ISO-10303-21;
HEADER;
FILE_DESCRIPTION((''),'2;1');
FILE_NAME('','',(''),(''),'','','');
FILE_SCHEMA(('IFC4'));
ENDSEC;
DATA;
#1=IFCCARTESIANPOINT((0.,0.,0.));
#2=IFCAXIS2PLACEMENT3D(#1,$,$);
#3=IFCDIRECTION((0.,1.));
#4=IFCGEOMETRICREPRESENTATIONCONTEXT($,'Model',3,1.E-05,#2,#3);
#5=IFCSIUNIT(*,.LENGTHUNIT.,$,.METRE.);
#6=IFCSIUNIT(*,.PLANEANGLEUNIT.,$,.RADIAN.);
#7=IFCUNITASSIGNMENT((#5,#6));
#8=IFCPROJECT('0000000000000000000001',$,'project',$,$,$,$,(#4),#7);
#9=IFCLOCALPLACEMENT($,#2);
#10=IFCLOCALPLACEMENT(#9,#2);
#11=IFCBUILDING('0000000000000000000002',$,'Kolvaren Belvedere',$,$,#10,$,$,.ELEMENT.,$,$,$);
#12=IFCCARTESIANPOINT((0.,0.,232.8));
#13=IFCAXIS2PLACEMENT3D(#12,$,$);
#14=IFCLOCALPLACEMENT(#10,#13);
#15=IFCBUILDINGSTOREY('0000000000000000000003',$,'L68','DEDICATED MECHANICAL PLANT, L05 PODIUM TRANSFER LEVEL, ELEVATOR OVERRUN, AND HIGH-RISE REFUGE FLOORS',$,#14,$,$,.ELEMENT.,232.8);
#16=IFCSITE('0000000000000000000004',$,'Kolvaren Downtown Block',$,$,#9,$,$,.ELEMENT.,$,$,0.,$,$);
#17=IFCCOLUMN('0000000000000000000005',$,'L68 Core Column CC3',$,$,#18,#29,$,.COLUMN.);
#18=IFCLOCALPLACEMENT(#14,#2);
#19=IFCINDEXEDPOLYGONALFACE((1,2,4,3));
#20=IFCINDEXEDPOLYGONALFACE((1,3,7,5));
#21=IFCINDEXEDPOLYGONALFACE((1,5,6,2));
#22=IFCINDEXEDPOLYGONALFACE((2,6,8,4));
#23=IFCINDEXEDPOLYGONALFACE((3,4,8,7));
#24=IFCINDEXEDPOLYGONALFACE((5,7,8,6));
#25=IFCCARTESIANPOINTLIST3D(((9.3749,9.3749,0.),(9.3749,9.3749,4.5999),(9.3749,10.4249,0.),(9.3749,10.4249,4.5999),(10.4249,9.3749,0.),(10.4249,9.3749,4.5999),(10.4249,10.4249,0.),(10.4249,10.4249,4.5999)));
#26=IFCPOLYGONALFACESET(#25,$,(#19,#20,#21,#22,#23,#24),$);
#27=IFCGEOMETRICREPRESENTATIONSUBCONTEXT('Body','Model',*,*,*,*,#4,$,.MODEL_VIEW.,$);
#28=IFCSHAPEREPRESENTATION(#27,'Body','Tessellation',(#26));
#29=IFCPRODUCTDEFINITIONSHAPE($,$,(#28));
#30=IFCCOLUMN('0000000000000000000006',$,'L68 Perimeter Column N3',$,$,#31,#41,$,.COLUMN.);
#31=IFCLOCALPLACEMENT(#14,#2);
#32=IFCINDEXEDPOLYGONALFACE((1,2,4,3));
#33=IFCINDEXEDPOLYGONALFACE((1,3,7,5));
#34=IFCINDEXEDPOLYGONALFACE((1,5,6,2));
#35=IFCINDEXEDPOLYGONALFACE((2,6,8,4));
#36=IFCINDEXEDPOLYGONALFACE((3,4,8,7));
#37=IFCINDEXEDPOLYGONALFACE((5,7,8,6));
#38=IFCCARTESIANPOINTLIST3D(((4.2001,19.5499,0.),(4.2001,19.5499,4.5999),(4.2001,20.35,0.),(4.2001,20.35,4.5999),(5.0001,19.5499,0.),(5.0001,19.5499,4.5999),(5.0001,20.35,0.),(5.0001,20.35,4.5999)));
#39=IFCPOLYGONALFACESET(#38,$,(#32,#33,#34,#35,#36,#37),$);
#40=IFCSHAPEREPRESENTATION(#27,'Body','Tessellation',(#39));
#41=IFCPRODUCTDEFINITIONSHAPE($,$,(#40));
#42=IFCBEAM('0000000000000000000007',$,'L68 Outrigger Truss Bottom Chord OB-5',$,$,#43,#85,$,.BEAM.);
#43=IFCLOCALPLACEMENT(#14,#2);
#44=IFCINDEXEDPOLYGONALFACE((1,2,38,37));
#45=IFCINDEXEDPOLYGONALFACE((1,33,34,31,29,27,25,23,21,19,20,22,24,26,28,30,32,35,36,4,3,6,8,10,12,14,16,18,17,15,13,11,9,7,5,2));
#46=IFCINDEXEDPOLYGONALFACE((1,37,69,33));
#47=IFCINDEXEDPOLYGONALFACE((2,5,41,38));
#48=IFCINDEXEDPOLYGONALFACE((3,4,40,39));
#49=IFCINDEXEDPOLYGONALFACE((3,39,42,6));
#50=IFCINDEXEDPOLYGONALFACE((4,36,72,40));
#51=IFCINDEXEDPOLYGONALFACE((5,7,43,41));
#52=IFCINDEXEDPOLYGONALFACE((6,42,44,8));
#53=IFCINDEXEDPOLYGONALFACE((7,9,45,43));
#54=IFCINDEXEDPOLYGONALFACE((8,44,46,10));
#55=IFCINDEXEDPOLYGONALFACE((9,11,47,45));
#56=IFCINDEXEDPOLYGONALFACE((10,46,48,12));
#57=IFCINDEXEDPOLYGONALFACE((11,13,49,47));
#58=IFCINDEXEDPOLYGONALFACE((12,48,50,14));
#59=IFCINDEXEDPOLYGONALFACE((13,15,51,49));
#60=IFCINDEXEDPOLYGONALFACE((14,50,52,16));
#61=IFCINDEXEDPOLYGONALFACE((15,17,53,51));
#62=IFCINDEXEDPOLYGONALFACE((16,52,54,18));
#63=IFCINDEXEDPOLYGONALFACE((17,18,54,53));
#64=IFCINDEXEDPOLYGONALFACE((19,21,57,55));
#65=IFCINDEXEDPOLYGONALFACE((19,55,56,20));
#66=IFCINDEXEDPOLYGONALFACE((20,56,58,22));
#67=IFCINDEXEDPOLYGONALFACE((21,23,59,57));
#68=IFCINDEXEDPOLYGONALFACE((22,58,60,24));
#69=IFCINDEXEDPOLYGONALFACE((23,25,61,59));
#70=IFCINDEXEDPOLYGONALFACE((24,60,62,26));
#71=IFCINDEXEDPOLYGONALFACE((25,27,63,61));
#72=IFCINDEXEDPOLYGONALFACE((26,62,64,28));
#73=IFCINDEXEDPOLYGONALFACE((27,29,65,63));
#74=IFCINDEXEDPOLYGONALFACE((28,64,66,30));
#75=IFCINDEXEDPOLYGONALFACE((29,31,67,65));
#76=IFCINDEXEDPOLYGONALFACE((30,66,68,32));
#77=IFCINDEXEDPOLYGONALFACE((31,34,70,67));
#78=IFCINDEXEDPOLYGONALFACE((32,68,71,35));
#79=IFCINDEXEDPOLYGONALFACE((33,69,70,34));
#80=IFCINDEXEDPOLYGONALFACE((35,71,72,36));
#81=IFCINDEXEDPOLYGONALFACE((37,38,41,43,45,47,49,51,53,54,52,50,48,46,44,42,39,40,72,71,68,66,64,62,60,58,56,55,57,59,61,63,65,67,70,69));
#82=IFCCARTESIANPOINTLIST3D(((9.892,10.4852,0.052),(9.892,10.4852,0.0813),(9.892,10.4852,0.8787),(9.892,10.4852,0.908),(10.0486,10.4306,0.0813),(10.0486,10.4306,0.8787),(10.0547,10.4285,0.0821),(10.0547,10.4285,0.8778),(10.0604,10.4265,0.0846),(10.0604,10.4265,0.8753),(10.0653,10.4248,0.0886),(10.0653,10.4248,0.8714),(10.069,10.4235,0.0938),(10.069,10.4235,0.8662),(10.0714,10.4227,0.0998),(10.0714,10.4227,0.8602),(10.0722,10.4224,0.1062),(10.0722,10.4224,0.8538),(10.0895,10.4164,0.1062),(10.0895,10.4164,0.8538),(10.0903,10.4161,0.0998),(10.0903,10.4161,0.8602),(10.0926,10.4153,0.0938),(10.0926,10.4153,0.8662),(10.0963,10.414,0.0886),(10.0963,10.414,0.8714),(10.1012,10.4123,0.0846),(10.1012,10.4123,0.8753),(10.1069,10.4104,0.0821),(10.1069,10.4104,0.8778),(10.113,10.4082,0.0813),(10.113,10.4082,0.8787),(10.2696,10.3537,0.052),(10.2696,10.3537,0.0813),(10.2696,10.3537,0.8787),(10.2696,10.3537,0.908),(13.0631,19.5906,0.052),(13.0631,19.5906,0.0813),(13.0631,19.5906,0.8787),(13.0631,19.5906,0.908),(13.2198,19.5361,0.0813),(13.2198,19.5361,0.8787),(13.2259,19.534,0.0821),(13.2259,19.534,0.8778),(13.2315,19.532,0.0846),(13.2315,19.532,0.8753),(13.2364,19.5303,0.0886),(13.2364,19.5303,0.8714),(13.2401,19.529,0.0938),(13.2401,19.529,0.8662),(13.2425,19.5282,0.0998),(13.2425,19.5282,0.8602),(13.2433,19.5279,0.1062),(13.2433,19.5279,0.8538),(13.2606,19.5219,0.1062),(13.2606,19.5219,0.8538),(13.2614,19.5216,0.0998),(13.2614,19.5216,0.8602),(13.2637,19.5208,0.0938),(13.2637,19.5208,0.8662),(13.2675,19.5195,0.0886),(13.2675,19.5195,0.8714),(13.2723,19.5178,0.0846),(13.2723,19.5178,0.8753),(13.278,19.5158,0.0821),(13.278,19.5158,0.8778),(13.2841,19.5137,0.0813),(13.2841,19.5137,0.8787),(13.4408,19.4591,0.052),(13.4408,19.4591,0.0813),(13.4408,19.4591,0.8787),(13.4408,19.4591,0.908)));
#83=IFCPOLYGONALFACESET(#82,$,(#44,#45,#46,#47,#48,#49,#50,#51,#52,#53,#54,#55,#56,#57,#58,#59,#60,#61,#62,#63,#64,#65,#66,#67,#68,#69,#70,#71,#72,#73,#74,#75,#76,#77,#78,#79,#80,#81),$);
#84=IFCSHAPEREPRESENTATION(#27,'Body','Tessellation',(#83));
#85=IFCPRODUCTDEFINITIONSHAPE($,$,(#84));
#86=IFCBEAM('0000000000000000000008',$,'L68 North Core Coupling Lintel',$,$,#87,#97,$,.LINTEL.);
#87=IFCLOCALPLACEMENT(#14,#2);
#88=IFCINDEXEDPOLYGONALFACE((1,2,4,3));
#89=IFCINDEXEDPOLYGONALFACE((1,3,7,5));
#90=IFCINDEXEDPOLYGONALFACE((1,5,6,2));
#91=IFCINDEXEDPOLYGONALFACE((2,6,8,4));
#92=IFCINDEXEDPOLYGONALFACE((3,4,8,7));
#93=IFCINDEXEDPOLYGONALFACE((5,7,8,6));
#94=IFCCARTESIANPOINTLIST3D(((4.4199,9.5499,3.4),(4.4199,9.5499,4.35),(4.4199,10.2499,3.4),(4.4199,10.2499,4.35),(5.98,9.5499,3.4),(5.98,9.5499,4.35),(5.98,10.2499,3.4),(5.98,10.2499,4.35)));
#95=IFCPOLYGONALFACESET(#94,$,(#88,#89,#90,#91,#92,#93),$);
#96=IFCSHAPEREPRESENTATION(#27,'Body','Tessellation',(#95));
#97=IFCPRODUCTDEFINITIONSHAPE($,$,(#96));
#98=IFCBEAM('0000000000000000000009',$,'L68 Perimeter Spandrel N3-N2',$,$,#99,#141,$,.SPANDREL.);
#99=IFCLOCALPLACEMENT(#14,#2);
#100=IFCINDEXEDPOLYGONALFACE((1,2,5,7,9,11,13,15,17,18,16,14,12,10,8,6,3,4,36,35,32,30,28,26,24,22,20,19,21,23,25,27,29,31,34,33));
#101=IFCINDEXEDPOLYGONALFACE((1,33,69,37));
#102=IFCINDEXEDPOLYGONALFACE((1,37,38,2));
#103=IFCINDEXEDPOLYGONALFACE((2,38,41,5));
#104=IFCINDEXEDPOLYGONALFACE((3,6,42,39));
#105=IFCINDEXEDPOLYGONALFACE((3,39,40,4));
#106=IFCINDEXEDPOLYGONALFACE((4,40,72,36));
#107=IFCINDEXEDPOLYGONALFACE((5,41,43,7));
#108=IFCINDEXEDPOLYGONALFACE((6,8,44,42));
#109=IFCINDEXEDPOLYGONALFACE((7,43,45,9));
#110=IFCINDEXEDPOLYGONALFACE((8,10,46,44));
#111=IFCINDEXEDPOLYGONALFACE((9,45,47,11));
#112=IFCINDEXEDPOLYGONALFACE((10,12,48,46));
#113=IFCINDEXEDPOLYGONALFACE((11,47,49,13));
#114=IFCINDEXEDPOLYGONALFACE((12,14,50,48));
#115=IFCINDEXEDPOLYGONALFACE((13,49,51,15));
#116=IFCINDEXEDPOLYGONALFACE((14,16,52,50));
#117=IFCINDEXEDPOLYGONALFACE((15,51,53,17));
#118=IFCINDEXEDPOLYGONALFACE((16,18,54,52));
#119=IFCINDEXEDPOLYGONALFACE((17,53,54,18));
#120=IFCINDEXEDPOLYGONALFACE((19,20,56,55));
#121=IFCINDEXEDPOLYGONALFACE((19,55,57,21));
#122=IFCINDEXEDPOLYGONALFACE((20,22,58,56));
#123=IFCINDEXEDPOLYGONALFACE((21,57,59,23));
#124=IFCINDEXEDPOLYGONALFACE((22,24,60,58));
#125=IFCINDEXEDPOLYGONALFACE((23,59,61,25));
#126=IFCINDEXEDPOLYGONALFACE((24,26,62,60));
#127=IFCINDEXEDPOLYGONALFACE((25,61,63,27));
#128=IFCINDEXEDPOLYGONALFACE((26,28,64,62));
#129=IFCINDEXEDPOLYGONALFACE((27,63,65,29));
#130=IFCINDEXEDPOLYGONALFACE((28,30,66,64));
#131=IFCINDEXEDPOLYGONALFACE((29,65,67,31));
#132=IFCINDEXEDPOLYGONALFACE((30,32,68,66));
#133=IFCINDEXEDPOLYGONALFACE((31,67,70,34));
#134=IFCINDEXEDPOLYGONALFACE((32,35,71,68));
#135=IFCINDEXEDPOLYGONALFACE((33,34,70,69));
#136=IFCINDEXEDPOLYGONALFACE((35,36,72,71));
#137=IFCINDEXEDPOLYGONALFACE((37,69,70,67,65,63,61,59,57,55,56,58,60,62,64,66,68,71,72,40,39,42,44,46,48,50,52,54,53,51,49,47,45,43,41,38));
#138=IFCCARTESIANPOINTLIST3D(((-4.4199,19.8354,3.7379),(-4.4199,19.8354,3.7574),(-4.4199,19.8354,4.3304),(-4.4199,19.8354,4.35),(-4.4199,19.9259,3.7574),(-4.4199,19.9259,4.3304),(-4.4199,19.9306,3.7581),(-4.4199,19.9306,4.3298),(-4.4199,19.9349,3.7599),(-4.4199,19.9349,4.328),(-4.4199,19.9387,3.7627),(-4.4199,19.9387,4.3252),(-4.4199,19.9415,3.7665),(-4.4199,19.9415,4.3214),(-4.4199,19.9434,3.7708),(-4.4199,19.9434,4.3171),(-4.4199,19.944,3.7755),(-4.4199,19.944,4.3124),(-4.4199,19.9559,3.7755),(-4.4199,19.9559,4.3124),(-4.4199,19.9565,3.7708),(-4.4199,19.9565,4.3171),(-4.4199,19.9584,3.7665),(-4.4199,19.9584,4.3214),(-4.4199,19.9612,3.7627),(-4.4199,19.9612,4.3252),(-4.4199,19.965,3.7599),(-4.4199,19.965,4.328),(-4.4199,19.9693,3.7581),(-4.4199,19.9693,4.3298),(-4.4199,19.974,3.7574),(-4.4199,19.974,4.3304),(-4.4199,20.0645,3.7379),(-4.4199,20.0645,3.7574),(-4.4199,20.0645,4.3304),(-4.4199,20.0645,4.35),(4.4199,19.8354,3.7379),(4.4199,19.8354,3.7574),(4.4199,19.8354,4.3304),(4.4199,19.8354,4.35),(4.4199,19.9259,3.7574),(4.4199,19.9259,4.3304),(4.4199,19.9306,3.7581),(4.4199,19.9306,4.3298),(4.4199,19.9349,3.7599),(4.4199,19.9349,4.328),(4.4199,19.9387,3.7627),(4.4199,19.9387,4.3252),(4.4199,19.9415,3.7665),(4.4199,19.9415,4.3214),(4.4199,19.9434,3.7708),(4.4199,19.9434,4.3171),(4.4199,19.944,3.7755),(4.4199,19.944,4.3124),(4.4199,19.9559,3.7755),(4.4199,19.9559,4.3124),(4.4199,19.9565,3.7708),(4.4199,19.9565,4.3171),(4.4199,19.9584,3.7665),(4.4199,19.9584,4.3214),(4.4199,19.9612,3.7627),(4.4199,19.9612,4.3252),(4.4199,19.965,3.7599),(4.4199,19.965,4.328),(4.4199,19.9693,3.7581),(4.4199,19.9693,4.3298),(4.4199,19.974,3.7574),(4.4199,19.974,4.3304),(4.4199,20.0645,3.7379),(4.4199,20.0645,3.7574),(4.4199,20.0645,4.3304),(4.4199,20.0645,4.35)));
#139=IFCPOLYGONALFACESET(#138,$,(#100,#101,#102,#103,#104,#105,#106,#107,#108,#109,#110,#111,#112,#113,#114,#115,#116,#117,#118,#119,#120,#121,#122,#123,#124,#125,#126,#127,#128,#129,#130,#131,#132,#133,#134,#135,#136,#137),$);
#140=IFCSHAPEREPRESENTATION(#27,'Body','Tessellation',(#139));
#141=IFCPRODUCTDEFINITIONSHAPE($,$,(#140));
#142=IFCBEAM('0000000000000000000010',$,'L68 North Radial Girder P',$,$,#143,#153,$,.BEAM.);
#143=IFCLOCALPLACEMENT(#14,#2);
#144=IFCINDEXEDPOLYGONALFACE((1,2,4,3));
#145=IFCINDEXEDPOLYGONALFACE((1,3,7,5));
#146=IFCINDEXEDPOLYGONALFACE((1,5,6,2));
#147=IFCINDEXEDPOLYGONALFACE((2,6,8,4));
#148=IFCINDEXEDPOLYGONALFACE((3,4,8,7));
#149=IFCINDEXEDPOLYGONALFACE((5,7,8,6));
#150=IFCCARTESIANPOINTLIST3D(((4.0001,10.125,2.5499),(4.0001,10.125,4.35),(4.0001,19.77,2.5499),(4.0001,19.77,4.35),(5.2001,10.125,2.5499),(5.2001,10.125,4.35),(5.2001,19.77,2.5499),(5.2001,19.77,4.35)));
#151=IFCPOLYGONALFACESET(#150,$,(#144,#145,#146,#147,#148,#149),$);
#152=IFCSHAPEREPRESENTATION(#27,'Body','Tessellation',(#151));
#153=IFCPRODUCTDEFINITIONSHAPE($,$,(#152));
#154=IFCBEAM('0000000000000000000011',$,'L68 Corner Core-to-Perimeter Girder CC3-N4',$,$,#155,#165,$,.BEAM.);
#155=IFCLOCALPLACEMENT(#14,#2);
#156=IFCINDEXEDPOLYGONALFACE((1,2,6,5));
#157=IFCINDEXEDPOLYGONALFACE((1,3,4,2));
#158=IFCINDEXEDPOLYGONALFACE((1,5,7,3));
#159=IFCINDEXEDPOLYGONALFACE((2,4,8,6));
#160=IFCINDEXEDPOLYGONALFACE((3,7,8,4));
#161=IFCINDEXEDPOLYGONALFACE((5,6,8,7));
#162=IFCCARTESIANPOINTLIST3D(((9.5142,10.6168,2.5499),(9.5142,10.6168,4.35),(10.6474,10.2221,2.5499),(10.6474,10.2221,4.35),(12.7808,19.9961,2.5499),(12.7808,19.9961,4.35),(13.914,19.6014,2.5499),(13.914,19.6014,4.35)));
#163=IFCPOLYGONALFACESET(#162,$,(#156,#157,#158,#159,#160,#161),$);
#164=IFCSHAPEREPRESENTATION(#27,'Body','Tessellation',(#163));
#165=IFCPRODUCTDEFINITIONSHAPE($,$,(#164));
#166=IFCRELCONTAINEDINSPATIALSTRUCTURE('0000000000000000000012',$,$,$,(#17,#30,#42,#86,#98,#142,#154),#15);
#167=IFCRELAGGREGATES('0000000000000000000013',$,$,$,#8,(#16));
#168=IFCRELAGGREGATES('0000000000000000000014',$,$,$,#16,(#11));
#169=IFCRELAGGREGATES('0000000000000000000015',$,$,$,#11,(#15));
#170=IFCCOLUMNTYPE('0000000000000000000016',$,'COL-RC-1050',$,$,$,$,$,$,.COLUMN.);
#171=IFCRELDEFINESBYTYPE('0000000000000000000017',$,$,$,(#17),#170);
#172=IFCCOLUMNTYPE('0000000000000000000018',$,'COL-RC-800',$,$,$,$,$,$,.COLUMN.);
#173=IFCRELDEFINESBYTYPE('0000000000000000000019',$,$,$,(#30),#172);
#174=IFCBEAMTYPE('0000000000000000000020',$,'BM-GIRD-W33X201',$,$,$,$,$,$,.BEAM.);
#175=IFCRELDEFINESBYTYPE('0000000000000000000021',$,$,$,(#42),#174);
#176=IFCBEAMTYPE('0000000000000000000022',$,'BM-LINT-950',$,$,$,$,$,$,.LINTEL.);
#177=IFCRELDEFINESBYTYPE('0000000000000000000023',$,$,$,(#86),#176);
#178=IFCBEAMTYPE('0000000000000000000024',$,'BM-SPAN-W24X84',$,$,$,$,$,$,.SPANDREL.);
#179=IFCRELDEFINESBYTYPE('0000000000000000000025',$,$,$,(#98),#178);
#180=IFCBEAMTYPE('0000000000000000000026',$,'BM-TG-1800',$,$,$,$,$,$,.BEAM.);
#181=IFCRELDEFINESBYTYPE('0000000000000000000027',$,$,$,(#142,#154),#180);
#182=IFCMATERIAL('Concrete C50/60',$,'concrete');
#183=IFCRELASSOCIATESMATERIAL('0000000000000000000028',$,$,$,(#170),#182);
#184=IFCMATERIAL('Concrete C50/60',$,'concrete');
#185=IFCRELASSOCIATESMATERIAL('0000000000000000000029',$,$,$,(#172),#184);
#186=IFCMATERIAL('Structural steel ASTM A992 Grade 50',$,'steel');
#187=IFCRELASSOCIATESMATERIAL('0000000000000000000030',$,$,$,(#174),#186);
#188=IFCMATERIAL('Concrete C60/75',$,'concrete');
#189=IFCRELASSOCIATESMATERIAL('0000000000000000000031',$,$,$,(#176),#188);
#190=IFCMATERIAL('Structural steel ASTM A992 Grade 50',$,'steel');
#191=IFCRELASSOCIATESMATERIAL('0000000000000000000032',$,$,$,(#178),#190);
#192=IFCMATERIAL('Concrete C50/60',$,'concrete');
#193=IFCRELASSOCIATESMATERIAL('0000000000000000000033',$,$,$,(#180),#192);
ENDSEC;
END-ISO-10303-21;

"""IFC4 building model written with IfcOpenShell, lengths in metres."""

from ifc_helpers import new_model, si_unit, direction, frame, origin, origin_2d, place, context, subcontext, project, spatial, rectangle, i_section, extrude, material, material_profile, profile_set, type_object, element, save


model = new_model("IFC4")

# Units and contexts
model_context = context("Model", 3, precision=1e-05, world=origin(), true_north=direction((0.0, 1.0)))
body_context = subcontext(model_context, "Body", "Model", "MODEL_VIEW")
ifc_project = project(units=[si_unit("LENGTHUNIT", "METRE"), si_unit("PLANEANGLEUNIT", "RADIAN")], contexts=[model_context])

# Site, building, storey
site_placement = place(None, origin())
site = spatial("IfcSite", under=ifc_project, at=site_placement, Name="Kolvaren Downtown Block", CompositionType="ELEMENT", RefElevation=0.0)
building_placement = place(site_placement, origin())
building = spatial("IfcBuilding", under=site, at=building_placement, Name="Kolvaren Belvedere", CompositionType="ELEMENT")
storey_placement = place(building_placement, frame((0.0, 0.0, 232.8)))
storey = spatial("IfcBuildingStorey", under=building, at=storey_placement, Name="L68", Description="DEDICATED MECHANICAL PLANT, L05 PODIUM TRANSFER LEVEL, ELEVATOR OVERRUN, AND HIGH-RISE REFUGE FLOORS", CompositionType="ELEMENT", Elevation=232.8)

# Columns
ifc_material_1 = material(Name="Concrete C50/60", Category="concrete")
ifc_material_profile_1 = material_profile(ifc_material_1, rectangle(XDim=1.05, YDim=1.05, at=origin_2d()), Name="RC 1050X1050")
ifc_profile_set_1 = profile_set([ifc_material_profile_1], Name="Concrete C50/60")
column_type_1 = type_object("IfcColumnType", Name="COL-RC-1050", PredefinedType="COLUMN", material=ifc_profile_set_1)
column_1_placement = place(storey_placement, frame((9.8999, 9.8999, 0.0), z_axis=(0.0, 0.0, 1.0), x_axis=(1.0, 0.0, 0.0)))
element("IfcColumn", 1, at=column_1_placement, inside=storey, type_object=column_type_1, Name="L68 Core Column CC3", PredefinedType="COLUMN", context=body_context, shape_type="SweptSolid", body=[
    extrude(rectangle(XDim=1.05, YDim=1.05, at=origin_2d()), origin(), (0.0, 0.0, 1.0), 4.5999),
])
ifc_material_2 = material(Name="Concrete C50/60", Category="concrete")
ifc_material_profile_2 = material_profile(ifc_material_2, rectangle(XDim=0.8, YDim=0.8, at=origin_2d()), Name="RC 800X800")
ifc_profile_set_2 = profile_set([ifc_material_profile_2], Name="Concrete C50/60")
column_type_2 = type_object("IfcColumnType", Name="COL-RC-800", PredefinedType="COLUMN", material=ifc_profile_set_2)
column_2_placement = place(storey_placement, frame((4.6001, 19.95, 0.0), z_axis=(0.0, 0.0, 1.0), x_axis=(1.0, 0.0, 0.0)))
element("IfcColumn", 2, at=column_2_placement, inside=storey, type_object=column_type_2, Name="L68 Perimeter Column N3", PredefinedType="COLUMN", context=body_context, shape_type="SweptSolid", body=[
    extrude(rectangle(XDim=0.8, YDim=0.8, at=origin_2d()), origin(), (0.0, 0.0, 1.0), 4.5999),
])

# Beams
ifc_material_3 = material(Name="Structural steel ASTM A992 Grade 50", Category="steel")
ifc_material_profile_3 = material_profile(ifc_material_3, i_section(OverallWidth=0.3999, OverallDepth=0.856, WebThickness=0.0183, FlangeThickness=0.0293, FilletRadius=0.0249, at=origin_2d()), Name="W33X201")
ifc_profile_set_3 = profile_set([ifc_material_profile_3], Name="Structural steel ASTM A992 Grade 50")
beam_type_1 = type_object("IfcBeamType", Name="BM-GIRD-W33X201", PredefinedType="BEAM", material=ifc_profile_set_3)
beam_1_placement = place(storey_placement, frame((10.0808, 10.4194, 0.48), z_axis=(0.328893, 0.944367, 0.0), x_axis=(-0.944367, 0.328893, 0.0)))
element("IfcBeam", 3, at=beam_1_placement, inside=storey, type_object=beam_type_1, Name="L68 Outrigger Truss Bottom Chord OB-5", PredefinedType="BEAM", context=body_context, shape_type="SweptSolid", body=[
    extrude(i_section(OverallWidth=0.3999, OverallDepth=0.856, WebThickness=0.0183, FlangeThickness=0.0293, FilletRadius=0.0249, at=origin_2d()), origin(), (0.0, 0.0, 1.0), 9.6418),
])
ifc_material_4 = material(Name="Concrete C60/75", Category="concrete")
ifc_material_profile_4 = material_profile(ifc_material_4, rectangle(XDim=0.7, YDim=0.95, at=origin_2d()), Name="RC 700X950")
ifc_profile_set_4 = profile_set([ifc_material_profile_4], Name="Concrete C60/75")
beam_type_2 = type_object("IfcBeamType", Name="BM-LINT-950", PredefinedType="LINTEL", material=ifc_profile_set_4)
beam_2_placement = place(storey_placement, frame((4.4199, 9.8999, 3.875), z_axis=(1.0, 0.0, 0.0), x_axis=(0.0, 1.0, 0.0)))
element("IfcBeam", 4, at=beam_2_placement, inside=storey, type_object=beam_type_2, Name="L68 North Core Coupling Lintel", PredefinedType="LINTEL", context=body_context, shape_type="SweptSolid", body=[
    extrude(rectangle(XDim=0.7, YDim=0.95, at=origin_2d()), origin(), (0.0, 0.0, 1.0), 1.5601),
])
ifc_material_5 = material(Name="Structural steel ASTM A992 Grade 50", Category="steel")
ifc_material_profile_5 = material_profile(ifc_material_5, i_section(OverallWidth=0.229, OverallDepth=0.6121, WebThickness=0.012, FlangeThickness=0.0195, FilletRadius=0.0181, at=origin_2d()), Name="W24X84")
ifc_profile_set_5 = profile_set([ifc_material_profile_5], Name="Structural steel ASTM A992 Grade 50")
beam_type_3 = type_object("IfcBeamType", Name="BM-SPAN-W24X84", PredefinedType="SPANDREL", material=ifc_profile_set_5)
beam_3_placement = place(storey_placement, frame((4.4199, 19.95, 4.0439), z_axis=(-1.0, 0.0, 0.0), x_axis=(0.0, -1.0, 0.0)))
element("IfcBeam", 5, at=beam_3_placement, inside=storey, type_object=beam_type_3, Name="L68 Perimeter Spandrel N3-N2", PredefinedType="SPANDREL", context=body_context, shape_type="SweptSolid", body=[
    extrude(i_section(OverallWidth=0.229, OverallDepth=0.6121, WebThickness=0.012, FlangeThickness=0.0195, FilletRadius=0.0181, at=origin_2d()), origin(), (0.0, 0.0, 1.0), 8.8398),
])
ifc_material_6 = material(Name="Concrete C50/60", Category="concrete")
ifc_material_profile_6 = material_profile(ifc_material_6, rectangle(XDim=1.2, YDim=1.8, at=origin_2d()), Name="RC 1200X1800")
ifc_profile_set_6 = profile_set([ifc_material_profile_6], Name="Concrete C50/60")
beam_type_4 = type_object("IfcBeamType", Name="BM-TG-1800", PredefinedType="BEAM", material=ifc_profile_set_6)
beam_4_placement = place(storey_placement, frame((4.6001, 10.125, 3.45), z_axis=(0.0, 1.0, 0.0), x_axis=(-1.0, 0.0, 0.0)))
element("IfcBeam", 6, at=beam_4_placement, inside=storey, type_object=beam_type_4, Name="L68 North Radial Girder P", PredefinedType="BEAM", context=body_context, shape_type="SweptSolid", body=[
    extrude(rectangle(XDim=1.2, YDim=1.8, at=origin_2d()), origin(), (0.0, 0.0, 1.0), 9.645),
])
beam_5_placement = place(storey_placement, frame((10.0808, 10.4194, 3.45), z_axis=(0.328898, 0.944365, 0.0), x_axis=(-0.944365, 0.328898, 0.0)))
element("IfcBeam", 7, at=beam_5_placement, inside=storey, type_object=beam_type_4, Name="L68 Corner Core-to-Perimeter Girder CC3-N4", PredefinedType="BEAM", context=body_context, shape_type="SweptSolid", body=[
    extrude(rectangle(XDim=1.2, YDim=1.8, at=origin_2d()), origin(), (0.0, 0.0, 1.0), 9.9319),
])

save(model, "model.ifc")
